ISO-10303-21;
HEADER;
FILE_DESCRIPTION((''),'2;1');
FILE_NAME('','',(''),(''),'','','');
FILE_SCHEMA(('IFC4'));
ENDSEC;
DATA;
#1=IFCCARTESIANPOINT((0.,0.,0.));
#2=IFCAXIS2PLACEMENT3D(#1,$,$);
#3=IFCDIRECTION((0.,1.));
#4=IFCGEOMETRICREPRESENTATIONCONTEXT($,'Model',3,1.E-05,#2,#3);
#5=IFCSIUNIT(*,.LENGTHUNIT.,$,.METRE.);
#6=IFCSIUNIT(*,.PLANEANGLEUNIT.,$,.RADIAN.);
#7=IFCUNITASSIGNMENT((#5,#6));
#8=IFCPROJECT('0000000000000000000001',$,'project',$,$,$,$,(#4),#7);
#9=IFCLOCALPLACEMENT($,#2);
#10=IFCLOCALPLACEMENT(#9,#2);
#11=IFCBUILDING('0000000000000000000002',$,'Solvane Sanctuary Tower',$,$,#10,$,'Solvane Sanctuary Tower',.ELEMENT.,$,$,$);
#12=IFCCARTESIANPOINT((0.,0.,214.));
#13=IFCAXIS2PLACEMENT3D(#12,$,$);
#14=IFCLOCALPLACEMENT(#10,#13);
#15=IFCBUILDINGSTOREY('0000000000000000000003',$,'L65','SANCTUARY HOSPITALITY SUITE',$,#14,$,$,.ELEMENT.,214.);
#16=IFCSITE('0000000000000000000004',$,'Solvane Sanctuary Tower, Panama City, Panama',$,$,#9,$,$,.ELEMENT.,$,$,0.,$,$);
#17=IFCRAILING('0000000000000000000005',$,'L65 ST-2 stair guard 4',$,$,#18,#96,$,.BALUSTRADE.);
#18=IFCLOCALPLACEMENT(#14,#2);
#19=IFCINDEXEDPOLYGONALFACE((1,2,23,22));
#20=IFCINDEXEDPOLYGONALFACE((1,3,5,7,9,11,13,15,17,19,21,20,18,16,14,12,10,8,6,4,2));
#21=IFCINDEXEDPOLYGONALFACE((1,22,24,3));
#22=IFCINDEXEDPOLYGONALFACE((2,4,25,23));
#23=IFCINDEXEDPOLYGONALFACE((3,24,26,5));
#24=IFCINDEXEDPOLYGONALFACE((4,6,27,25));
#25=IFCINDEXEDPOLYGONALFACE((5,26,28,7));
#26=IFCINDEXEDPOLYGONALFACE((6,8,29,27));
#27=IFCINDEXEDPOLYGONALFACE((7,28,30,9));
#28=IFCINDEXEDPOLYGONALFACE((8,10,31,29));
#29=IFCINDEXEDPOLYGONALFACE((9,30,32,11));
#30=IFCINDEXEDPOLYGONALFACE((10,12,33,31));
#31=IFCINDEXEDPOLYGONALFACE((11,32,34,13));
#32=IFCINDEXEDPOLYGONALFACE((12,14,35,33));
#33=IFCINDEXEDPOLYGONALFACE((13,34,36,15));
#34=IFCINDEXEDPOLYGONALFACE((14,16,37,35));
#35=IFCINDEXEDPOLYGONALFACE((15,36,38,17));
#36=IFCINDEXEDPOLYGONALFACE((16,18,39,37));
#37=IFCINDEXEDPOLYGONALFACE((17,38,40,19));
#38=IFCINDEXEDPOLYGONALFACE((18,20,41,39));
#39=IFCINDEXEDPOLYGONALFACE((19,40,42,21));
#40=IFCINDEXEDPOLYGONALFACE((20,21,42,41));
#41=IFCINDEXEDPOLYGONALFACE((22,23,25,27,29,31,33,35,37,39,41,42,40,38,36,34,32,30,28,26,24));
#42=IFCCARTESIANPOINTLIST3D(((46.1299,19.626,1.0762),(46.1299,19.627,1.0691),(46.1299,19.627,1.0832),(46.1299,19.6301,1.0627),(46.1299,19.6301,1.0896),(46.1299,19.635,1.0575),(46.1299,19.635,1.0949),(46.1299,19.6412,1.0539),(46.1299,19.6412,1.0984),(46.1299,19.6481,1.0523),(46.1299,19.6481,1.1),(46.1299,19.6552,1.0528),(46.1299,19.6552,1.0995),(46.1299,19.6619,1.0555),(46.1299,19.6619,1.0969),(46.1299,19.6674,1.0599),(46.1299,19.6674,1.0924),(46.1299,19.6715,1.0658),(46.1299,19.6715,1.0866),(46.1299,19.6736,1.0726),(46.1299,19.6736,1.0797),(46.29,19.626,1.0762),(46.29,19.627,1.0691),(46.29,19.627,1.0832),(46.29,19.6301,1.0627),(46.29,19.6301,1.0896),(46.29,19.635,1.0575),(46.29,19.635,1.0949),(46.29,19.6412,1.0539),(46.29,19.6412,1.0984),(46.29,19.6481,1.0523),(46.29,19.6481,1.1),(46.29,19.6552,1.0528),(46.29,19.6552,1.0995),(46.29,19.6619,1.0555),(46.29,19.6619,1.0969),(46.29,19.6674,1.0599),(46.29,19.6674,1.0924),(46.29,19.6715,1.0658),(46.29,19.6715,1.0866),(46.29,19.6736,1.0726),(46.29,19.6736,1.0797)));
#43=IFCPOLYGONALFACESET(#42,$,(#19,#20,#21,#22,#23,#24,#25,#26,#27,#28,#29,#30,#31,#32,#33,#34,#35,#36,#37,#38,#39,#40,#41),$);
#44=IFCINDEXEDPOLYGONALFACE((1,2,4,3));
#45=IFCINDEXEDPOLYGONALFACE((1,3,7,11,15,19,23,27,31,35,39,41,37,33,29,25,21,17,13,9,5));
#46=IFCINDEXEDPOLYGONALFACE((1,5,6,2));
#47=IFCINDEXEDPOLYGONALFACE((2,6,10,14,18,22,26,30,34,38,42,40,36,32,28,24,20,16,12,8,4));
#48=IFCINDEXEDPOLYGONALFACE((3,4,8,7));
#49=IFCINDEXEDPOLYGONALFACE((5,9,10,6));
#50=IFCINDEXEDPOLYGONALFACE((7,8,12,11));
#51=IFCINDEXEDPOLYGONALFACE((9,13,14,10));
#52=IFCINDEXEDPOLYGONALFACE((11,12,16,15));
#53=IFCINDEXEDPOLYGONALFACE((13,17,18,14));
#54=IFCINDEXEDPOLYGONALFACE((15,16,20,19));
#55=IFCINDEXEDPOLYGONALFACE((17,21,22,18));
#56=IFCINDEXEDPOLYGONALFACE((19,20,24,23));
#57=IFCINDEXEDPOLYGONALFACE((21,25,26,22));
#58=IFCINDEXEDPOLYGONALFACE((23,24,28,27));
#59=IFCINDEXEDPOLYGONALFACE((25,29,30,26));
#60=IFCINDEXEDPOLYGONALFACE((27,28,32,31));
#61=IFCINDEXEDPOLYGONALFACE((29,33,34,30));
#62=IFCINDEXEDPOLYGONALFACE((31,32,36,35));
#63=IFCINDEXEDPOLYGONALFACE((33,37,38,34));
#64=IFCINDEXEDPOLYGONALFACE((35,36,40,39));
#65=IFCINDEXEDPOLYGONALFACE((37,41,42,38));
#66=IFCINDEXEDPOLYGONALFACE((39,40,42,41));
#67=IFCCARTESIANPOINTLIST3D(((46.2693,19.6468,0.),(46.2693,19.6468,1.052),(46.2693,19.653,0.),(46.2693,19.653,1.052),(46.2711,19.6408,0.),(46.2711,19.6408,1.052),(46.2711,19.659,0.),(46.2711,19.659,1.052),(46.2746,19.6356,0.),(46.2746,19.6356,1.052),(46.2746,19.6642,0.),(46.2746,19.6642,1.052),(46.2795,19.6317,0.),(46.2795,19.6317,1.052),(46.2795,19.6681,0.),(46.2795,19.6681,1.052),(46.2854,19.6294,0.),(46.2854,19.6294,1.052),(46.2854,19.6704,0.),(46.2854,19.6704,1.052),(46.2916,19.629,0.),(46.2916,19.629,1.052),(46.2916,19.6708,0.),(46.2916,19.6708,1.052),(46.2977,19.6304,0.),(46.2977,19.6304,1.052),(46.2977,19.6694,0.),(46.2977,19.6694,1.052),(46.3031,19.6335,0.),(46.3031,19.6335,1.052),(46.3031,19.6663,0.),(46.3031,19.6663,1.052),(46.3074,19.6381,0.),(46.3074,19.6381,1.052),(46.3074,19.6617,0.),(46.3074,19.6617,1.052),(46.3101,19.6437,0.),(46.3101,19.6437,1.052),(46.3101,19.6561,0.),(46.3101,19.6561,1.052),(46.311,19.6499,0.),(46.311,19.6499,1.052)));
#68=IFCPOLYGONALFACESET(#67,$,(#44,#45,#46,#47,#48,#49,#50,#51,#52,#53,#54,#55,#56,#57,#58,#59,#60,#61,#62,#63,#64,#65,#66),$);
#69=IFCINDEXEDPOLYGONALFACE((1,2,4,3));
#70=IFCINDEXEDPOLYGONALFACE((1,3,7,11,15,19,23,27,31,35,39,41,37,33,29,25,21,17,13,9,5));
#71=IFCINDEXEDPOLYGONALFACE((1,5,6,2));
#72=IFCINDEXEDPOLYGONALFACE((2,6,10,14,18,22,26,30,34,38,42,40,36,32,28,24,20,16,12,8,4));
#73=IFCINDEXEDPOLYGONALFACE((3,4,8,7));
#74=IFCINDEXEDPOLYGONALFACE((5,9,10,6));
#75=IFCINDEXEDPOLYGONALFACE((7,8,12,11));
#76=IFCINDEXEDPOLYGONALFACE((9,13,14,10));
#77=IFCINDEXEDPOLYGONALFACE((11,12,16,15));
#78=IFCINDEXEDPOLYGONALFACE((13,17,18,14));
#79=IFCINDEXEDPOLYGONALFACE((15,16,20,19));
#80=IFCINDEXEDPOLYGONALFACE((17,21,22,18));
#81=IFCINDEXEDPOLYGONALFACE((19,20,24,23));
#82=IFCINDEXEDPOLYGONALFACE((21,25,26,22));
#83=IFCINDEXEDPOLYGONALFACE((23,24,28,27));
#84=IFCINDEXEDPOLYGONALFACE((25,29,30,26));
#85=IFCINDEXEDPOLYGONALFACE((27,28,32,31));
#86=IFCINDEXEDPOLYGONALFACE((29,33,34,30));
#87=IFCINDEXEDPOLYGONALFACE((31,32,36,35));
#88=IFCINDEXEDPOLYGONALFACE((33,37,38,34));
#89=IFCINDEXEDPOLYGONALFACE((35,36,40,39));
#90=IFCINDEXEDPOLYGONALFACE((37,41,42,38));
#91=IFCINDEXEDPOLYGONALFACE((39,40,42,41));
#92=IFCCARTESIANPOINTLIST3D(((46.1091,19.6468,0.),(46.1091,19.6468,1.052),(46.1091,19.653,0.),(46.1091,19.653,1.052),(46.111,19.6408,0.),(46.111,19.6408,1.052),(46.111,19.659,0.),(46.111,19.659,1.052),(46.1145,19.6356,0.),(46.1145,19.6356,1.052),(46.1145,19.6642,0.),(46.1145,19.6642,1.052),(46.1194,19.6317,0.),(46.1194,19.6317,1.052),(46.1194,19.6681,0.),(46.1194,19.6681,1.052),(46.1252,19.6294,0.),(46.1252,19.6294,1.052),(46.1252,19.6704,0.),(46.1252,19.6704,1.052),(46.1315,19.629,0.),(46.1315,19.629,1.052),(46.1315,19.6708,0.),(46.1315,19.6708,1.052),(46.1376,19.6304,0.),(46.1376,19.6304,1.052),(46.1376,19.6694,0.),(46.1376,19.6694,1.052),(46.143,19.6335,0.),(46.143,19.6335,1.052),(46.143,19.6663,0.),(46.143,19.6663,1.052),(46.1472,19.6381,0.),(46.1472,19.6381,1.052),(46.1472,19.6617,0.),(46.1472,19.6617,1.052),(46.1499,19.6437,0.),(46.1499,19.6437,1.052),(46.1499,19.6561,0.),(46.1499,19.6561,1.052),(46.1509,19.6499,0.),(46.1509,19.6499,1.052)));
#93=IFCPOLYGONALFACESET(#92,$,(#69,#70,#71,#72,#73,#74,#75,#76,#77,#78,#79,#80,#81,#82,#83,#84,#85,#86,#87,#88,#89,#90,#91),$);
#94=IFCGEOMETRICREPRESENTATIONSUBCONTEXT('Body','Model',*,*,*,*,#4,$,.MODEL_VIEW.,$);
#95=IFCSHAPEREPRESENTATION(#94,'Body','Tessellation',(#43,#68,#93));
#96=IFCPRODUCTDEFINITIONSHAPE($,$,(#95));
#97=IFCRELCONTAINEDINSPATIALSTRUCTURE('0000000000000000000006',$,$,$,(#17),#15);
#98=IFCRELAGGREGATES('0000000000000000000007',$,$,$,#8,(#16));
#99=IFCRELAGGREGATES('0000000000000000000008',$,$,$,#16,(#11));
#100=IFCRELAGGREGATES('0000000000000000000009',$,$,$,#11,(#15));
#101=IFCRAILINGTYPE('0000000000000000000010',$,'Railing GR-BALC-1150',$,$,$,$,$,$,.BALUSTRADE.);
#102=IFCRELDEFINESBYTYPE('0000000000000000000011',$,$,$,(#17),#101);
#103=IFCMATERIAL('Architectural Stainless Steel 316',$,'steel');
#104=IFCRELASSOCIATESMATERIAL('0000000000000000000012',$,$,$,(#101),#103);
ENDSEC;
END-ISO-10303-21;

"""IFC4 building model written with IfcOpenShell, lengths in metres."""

from ifc_helpers import new_model, si_unit, direction, frame, origin, origin_2d, place, context, subcontext, project, spatial, circle, extrude, material, type_object, element, save


model = new_model("IFC4")

# Units and contexts
model_context = context("Model", 3, precision=1e-05, world=origin(), true_north=direction((0.0, 1.0)))
body_context = subcontext(model_context, "Body", "Model", "MODEL_VIEW")
ifc_project = project(units=[si_unit("LENGTHUNIT", "METRE"), si_unit("PLANEANGLEUNIT", "RADIAN")], contexts=[model_context])

# Site, building, storey
site_placement = place(None, origin())
site = spatial("IfcSite", under=ifc_project, at=site_placement, Name="Solvane Sanctuary Tower, Panama City, Panama", CompositionType="ELEMENT", RefElevation=0.0)
building_placement = place(site_placement, origin())
building = spatial("IfcBuilding", under=site, at=building_placement, Name="Solvane Sanctuary Tower", LongName="Solvane Sanctuary Tower", CompositionType="ELEMENT")
storey_placement = place(building_placement, frame((0.0, 0.0, 214.0)))
storey = spatial("IfcBuildingStorey", under=building, at=storey_placement, Name="L65", Description="SANCTUARY HOSPITALITY SUITE", CompositionType="ELEMENT", Elevation=214.0)

# Shared definitions
ifc_material_1 = material(Name="Architectural Stainless Steel 316", Category="steel")

# Railing
railing_type_1 = type_object("IfcRailingType", Name="Railing GR-BALC-1150", PredefinedType="BALUSTRADE", material=ifc_material_1)
railing_1_placement = place(storey_placement, frame((46.29, 19.6499, 0.0)))
element("IfcRailing", 1, at=railing_1_placement, inside=storey, type_object=railing_type_1, Name="L65 ST-2 stair guard 4", PredefinedType="BALUSTRADE", context=body_context, shape_type="SweptSolid", body=[
    extrude(circle(Radius=0.0239, at=origin_2d()), frame((0.0, 0.0, 1.0762), z_axis=(-1.0, 0.0, 0.0), x_axis=(0.0, -1.0, 0.0)), (0.0, 0.0, 1.0), 0.1602),
    extrude(circle(Radius=0.021, at=origin_2d()), origin(), (0.0, 0.0, 1.0), 1.052),
    extrude(circle(Radius=0.021, at=origin_2d()), frame((-0.1602, 0.0, 0.0)), (0.0, 0.0, 1.0), 1.052),
])

save(model, "model.ifc")
